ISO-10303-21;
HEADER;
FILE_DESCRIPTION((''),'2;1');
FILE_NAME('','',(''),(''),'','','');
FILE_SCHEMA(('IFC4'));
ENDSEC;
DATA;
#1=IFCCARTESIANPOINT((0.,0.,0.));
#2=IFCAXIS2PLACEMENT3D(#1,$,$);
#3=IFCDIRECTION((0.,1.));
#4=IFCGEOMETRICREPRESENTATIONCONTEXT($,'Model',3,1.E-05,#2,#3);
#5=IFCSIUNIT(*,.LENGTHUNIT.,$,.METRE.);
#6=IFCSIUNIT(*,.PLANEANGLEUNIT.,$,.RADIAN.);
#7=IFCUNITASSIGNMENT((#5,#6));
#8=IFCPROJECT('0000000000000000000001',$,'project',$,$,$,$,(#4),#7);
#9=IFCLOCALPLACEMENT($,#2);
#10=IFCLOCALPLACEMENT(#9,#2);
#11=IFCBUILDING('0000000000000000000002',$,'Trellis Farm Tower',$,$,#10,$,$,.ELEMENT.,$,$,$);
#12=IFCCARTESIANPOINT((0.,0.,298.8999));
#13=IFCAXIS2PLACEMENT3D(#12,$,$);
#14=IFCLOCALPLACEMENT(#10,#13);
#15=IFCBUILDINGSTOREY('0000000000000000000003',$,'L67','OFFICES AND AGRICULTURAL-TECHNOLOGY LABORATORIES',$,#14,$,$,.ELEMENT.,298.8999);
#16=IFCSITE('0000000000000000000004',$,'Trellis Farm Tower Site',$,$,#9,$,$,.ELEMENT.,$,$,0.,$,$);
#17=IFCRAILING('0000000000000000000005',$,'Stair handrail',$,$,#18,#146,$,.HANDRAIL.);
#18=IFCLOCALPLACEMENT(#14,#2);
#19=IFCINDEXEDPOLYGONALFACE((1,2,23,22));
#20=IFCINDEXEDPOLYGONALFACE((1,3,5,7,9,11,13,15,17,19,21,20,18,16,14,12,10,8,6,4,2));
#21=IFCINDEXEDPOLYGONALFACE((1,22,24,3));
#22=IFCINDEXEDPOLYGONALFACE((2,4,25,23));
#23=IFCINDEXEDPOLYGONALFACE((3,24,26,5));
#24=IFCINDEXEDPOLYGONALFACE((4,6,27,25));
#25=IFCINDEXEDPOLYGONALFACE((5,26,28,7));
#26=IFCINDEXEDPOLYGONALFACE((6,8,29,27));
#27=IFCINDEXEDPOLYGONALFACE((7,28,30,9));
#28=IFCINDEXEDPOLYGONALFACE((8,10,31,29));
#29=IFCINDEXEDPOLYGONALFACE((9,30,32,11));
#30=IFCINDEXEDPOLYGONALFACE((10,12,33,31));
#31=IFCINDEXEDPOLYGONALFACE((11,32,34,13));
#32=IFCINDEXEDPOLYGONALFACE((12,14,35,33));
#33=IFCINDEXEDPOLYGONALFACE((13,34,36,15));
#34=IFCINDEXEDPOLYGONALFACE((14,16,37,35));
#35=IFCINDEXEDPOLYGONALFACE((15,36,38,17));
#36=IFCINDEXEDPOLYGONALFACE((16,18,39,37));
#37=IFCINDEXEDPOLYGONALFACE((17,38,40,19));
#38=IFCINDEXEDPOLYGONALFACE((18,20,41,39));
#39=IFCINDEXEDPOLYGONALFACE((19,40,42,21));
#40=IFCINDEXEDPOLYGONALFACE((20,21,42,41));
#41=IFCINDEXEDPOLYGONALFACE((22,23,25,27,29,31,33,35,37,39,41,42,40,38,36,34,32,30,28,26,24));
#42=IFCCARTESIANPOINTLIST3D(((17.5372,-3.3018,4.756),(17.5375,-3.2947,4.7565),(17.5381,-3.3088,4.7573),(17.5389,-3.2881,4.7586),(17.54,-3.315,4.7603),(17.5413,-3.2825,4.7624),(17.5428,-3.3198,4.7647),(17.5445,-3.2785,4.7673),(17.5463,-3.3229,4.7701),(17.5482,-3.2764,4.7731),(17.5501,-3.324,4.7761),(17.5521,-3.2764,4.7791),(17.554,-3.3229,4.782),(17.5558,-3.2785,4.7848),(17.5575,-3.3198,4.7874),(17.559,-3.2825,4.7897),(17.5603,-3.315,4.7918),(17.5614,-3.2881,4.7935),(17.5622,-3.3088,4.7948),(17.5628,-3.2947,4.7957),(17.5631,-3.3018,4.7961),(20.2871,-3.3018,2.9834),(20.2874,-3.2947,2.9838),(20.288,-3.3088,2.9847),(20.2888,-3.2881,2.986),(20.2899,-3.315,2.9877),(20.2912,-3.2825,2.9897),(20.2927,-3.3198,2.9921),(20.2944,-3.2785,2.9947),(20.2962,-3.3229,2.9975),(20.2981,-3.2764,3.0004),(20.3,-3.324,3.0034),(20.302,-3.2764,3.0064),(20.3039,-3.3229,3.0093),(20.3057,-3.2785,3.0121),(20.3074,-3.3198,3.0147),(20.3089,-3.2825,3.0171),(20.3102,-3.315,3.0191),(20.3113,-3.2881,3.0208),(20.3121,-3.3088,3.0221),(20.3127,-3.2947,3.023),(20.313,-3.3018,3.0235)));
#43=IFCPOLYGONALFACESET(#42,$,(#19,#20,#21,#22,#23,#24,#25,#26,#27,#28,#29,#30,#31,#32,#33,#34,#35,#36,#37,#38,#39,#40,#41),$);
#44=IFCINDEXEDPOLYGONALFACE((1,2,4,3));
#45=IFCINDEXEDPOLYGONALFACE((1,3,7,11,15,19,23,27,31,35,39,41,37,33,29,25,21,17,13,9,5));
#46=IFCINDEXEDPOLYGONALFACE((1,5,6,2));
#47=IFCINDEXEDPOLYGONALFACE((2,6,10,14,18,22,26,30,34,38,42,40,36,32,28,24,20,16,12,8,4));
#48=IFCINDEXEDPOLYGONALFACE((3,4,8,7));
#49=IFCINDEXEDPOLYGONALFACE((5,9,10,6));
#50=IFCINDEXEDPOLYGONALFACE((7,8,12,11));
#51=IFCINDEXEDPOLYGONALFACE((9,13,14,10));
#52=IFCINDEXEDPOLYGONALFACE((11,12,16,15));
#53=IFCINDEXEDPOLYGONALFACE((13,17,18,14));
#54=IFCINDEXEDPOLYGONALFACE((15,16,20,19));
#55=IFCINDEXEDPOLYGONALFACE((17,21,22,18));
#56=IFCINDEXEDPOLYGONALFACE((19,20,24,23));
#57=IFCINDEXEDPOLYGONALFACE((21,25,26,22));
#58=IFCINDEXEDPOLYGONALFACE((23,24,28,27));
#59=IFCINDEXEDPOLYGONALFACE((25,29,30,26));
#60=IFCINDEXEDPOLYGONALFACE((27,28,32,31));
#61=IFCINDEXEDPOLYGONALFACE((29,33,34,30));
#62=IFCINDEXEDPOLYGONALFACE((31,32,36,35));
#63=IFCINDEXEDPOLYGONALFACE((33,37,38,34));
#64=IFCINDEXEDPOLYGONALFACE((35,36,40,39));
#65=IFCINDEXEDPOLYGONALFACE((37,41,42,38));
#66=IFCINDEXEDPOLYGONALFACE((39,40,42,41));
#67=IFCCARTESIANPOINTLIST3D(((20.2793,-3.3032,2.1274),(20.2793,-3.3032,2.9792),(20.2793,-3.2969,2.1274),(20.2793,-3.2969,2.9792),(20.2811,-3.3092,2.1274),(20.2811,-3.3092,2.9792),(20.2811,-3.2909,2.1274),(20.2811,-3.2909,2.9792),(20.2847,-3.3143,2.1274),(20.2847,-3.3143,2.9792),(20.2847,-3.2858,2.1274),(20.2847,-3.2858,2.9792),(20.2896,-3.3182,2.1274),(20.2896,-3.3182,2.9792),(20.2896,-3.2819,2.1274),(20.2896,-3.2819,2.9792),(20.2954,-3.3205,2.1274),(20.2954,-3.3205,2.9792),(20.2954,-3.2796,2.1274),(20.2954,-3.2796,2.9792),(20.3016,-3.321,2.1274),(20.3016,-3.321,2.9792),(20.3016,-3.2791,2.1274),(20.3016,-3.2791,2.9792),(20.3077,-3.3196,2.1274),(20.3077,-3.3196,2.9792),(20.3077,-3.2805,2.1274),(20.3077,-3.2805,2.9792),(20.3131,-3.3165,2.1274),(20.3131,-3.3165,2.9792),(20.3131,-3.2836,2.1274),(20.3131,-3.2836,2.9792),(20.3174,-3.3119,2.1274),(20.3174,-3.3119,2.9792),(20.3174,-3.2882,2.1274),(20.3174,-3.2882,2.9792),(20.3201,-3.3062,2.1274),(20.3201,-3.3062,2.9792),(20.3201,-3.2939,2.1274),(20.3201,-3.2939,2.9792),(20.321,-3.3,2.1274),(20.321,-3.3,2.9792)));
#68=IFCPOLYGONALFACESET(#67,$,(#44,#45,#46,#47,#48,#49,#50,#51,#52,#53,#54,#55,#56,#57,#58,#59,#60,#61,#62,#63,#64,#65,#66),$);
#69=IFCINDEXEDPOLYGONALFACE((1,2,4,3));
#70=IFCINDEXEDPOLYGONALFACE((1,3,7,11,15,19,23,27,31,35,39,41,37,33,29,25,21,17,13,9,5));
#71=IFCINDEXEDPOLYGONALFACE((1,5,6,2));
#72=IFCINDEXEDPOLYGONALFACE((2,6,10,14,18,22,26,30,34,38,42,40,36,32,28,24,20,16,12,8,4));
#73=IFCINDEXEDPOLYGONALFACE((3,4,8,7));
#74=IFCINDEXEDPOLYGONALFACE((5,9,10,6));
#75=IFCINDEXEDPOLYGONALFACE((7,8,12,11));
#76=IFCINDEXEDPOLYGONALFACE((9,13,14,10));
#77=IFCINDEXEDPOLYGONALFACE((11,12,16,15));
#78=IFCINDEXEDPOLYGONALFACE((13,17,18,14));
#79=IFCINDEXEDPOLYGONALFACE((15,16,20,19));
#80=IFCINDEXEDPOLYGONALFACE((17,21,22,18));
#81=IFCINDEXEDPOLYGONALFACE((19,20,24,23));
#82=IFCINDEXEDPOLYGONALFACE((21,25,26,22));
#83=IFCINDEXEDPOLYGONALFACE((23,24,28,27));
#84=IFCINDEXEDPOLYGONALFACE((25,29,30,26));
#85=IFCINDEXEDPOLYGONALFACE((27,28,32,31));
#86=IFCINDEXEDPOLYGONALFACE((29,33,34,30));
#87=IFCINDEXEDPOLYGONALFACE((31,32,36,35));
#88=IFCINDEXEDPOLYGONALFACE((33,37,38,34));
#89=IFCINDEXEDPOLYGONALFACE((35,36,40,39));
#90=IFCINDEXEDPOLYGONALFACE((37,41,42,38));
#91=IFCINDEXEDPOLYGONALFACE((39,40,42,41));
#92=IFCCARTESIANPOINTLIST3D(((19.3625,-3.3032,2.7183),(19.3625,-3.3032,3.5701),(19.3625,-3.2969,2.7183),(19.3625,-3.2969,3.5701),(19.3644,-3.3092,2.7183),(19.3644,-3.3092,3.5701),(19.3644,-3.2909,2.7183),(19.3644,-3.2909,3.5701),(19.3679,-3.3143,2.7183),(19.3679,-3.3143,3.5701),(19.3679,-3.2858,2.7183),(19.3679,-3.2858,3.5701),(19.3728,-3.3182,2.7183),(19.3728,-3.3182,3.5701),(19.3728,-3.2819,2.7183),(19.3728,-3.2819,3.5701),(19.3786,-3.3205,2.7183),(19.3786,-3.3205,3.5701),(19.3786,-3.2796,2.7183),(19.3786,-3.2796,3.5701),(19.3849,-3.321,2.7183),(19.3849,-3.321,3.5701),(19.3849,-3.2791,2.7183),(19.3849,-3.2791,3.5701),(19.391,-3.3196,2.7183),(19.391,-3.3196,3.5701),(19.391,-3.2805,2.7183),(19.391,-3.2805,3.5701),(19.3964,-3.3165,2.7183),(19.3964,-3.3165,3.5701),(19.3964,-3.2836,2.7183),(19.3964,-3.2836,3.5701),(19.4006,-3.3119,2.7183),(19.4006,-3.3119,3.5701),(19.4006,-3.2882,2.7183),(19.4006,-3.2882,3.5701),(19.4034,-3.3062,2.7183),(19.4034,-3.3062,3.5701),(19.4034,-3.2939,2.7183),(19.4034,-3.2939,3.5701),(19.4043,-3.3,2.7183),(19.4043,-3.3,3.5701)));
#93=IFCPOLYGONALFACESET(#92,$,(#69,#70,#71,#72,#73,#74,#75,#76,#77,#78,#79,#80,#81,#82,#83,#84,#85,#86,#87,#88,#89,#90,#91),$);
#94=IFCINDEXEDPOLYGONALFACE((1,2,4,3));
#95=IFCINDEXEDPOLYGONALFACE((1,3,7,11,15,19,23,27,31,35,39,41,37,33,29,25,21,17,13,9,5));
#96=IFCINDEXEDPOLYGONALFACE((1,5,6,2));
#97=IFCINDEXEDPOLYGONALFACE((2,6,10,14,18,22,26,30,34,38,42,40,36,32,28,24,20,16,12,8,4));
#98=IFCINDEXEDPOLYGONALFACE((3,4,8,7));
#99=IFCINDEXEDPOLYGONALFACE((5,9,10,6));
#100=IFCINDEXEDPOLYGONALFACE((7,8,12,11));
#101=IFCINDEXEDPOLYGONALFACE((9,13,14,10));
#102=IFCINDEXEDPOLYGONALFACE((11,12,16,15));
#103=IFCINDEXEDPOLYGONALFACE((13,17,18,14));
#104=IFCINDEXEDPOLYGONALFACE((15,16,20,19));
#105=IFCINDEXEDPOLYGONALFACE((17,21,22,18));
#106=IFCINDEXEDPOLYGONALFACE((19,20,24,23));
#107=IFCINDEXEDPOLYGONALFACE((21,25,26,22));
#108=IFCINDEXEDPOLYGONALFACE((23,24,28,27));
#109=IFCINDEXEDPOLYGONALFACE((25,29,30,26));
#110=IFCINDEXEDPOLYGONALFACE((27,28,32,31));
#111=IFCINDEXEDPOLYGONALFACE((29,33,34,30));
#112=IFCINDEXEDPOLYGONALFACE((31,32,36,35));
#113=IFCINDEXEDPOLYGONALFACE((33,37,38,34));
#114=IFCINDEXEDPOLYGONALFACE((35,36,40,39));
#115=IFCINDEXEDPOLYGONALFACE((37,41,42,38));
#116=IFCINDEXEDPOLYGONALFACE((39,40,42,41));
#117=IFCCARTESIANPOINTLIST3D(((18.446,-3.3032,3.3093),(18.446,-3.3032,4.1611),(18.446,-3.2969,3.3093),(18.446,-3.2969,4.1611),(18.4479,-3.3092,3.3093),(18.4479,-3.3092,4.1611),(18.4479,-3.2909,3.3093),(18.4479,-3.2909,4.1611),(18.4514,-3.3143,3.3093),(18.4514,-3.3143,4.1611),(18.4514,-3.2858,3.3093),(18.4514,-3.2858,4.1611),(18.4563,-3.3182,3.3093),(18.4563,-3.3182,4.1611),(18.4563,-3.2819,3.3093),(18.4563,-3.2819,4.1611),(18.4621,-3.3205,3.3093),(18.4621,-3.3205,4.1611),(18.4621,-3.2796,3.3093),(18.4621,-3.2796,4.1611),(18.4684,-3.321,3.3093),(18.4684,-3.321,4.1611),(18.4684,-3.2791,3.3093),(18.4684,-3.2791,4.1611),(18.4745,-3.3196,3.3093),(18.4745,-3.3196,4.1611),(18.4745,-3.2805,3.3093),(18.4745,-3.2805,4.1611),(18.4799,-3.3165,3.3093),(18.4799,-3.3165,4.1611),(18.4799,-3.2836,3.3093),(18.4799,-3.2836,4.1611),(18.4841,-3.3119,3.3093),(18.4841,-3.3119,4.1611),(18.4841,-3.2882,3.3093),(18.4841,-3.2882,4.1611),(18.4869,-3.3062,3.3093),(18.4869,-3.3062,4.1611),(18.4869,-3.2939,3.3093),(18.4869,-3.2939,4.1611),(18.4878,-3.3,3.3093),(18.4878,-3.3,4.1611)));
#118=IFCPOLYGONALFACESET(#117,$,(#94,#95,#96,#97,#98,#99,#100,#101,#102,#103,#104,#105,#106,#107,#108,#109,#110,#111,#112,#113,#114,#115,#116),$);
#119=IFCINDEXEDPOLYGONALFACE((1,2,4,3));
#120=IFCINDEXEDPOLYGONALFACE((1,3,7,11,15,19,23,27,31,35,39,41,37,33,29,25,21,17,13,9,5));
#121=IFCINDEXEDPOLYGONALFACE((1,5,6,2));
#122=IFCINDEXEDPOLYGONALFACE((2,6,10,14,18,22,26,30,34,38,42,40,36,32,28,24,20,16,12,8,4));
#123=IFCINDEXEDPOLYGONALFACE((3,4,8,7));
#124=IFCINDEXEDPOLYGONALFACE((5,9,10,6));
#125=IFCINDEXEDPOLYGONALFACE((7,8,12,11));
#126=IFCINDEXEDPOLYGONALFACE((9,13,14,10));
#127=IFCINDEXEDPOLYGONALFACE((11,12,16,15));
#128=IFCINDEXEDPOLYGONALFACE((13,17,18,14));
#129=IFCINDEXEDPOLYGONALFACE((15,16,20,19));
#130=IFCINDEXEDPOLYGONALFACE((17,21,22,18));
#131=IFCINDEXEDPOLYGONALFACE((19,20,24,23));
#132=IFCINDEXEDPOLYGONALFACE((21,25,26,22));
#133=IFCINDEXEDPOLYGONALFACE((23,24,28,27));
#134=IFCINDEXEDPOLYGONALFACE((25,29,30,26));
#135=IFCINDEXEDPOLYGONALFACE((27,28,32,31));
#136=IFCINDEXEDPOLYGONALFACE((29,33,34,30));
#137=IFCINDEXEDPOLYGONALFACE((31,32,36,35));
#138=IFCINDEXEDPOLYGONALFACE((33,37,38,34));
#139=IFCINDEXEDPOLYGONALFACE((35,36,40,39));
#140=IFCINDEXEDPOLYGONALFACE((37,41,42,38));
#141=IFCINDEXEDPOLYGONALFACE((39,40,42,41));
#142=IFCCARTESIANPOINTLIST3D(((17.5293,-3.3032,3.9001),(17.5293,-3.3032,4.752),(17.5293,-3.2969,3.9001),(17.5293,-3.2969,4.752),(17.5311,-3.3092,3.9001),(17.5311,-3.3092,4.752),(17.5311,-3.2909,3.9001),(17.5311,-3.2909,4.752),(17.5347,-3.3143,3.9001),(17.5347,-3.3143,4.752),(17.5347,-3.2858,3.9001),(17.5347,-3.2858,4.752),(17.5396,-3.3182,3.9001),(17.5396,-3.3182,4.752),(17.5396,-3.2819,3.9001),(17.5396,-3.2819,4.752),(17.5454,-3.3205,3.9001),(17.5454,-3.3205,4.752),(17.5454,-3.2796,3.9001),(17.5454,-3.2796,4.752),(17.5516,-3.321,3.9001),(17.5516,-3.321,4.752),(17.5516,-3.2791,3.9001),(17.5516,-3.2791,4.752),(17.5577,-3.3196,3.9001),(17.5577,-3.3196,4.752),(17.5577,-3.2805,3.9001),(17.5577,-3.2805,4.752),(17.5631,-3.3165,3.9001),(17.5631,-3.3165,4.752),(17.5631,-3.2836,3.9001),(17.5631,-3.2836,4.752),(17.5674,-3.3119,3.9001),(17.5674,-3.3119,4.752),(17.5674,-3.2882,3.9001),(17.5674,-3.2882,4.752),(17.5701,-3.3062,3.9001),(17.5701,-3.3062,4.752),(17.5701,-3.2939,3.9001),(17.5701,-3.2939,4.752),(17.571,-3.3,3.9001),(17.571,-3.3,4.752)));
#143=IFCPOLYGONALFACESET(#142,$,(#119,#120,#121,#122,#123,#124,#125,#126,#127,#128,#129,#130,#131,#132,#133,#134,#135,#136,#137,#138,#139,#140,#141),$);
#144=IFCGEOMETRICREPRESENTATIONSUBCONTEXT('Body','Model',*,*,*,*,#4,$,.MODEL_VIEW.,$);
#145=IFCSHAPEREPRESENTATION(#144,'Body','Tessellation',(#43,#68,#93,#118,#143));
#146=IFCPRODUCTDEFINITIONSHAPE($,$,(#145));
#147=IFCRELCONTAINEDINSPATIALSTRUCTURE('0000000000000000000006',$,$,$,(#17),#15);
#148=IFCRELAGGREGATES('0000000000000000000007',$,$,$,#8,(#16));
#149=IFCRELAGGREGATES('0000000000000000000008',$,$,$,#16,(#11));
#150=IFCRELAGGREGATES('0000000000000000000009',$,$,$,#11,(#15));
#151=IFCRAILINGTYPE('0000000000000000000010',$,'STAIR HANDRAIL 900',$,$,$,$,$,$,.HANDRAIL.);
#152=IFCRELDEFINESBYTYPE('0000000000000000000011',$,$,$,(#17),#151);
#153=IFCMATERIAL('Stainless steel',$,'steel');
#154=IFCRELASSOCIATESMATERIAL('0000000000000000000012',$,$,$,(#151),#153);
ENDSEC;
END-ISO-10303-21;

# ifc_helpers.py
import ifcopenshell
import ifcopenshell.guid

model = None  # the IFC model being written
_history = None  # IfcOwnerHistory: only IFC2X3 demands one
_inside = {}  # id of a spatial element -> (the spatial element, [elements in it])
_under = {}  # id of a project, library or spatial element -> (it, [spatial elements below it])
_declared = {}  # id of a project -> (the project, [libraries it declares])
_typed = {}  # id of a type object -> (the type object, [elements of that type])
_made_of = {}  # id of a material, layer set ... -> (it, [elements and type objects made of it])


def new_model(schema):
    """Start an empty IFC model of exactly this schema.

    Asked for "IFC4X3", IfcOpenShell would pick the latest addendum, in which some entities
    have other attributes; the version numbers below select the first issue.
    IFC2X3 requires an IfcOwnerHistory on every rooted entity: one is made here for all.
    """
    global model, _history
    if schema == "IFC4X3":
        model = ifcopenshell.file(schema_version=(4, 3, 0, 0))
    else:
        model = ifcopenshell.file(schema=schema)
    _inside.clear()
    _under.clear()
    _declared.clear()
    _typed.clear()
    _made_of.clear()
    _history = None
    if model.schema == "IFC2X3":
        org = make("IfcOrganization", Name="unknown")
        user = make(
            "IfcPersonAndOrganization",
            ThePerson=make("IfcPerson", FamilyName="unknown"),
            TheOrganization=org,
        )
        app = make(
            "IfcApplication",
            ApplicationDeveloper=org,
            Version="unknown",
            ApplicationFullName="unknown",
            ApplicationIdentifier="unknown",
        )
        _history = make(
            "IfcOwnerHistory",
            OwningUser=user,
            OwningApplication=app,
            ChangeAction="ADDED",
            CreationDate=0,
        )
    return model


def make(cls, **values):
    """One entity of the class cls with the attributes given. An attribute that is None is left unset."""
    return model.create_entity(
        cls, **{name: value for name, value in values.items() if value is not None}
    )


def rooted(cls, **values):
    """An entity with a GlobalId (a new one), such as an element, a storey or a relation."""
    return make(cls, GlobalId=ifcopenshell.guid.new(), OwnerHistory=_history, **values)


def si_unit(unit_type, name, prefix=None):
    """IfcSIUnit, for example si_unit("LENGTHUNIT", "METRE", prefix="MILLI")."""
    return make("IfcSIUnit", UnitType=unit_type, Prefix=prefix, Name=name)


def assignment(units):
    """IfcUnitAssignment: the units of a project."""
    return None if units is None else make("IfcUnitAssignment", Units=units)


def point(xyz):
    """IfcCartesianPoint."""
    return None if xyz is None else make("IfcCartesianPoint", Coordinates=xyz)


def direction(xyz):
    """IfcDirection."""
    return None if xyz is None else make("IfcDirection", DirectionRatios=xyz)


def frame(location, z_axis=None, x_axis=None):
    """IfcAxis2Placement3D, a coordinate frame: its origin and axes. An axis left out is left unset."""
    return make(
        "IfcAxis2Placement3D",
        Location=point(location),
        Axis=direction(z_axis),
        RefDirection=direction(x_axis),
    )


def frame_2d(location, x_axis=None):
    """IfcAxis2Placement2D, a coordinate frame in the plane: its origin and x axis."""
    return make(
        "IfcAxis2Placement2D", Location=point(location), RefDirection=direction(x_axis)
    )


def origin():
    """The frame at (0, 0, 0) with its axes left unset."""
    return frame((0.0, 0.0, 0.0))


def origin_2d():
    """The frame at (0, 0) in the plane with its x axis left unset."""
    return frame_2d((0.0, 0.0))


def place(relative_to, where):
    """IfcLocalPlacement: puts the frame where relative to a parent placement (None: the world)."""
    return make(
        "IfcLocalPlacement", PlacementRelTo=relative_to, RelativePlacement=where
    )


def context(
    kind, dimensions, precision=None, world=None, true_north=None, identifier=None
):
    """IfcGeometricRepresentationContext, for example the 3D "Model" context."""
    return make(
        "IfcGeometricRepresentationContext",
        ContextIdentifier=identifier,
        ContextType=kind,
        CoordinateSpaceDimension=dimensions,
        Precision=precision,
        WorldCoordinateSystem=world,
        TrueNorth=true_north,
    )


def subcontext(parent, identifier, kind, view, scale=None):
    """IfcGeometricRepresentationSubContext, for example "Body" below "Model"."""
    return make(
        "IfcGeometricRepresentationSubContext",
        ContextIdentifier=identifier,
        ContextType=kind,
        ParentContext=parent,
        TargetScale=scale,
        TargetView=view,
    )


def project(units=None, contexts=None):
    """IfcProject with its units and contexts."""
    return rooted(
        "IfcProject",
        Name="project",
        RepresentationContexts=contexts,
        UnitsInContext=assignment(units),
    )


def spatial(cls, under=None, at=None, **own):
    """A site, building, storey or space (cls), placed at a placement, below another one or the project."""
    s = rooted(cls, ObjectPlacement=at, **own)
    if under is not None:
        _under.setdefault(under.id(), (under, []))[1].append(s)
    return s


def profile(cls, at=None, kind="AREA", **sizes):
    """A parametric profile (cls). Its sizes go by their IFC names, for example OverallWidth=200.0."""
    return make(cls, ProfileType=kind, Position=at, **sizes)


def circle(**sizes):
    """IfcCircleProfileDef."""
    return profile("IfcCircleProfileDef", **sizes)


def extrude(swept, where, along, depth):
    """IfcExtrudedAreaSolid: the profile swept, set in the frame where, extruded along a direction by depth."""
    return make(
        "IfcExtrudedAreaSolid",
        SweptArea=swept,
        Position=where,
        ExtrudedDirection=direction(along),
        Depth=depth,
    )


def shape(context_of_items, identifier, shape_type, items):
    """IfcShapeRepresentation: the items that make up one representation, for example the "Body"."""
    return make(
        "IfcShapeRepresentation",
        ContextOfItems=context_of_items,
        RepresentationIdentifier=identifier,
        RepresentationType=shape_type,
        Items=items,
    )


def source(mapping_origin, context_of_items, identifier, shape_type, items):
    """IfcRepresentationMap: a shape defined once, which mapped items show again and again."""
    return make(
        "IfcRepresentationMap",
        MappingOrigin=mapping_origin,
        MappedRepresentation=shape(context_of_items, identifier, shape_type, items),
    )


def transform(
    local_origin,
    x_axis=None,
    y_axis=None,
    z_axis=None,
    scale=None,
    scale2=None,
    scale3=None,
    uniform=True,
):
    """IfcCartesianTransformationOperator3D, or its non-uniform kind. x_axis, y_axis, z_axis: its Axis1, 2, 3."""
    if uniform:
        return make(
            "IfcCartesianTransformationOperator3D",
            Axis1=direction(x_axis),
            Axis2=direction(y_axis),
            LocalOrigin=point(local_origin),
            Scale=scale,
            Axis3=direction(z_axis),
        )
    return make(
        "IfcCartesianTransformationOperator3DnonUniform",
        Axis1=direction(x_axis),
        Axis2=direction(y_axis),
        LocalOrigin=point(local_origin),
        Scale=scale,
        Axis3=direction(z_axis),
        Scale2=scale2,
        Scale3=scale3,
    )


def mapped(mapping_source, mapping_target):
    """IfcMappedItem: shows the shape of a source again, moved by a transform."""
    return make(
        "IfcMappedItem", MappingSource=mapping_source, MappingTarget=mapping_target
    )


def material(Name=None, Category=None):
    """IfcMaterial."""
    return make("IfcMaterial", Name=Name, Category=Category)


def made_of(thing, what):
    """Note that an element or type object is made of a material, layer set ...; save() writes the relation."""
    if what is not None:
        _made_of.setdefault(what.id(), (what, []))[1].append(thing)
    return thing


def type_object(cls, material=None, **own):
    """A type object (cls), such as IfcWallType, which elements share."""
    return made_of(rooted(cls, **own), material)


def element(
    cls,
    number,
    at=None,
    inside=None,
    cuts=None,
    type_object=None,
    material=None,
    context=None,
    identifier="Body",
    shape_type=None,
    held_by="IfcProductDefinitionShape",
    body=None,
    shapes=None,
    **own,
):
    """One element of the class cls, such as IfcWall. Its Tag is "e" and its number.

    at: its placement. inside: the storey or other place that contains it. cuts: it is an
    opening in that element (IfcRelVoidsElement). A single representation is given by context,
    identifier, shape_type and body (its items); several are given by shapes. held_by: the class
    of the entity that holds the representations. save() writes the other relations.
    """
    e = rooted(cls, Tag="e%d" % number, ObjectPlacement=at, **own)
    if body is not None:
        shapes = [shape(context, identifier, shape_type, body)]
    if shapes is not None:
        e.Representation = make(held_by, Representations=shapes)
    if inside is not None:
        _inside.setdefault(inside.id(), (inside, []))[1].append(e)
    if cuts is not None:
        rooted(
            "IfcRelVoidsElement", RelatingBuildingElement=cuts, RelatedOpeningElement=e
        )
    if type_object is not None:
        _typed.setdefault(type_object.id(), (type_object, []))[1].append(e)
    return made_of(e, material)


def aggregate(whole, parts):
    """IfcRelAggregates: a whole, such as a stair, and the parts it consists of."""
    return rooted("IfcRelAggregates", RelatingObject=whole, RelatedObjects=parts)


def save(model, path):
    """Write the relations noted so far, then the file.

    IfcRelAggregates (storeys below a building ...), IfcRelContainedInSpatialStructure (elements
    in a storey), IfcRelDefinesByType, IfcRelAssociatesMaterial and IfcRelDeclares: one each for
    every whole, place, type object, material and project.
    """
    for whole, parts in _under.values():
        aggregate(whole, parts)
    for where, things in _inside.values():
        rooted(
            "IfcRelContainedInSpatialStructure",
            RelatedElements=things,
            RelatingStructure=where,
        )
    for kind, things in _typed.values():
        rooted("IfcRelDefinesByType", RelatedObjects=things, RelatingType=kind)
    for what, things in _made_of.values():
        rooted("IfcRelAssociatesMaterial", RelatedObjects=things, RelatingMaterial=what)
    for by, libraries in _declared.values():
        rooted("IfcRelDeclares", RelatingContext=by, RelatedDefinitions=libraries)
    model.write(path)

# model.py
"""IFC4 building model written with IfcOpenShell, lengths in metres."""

from ifc_helpers import new_model, si_unit, direction, frame, origin, origin_2d, place, context, subcontext, project, spatial, circle, extrude, source, transform, mapped, material, type_object, element, save


model = new_model("IFC4")

# Units and contexts
model_context = context("Model", 3, precision=1e-05, world=origin(), true_north=direction((0.0, 1.0)))
body_context = subcontext(model_context, "Body", "Model", "MODEL_VIEW")
ifc_project = project(units=[si_unit("LENGTHUNIT", "METRE"), si_unit("PLANEANGLEUNIT", "RADIAN")], contexts=[model_context])

# Site, building, storey
site_placement = place(None, origin())
site = spatial("IfcSite", under=ifc_project, at=site_placement, Name="Trellis Farm Tower Site", CompositionType="ELEMENT", RefElevation=0.0)
building_placement = place(site_placement, origin())
building = spatial("IfcBuilding", under=site, at=building_placement, Name="Trellis Farm Tower", CompositionType="ELEMENT")
storey_placement = place(building_placement, frame((0.0, 0.0, 298.8999)))
storey = spatial("IfcBuildingStorey", under=building, at=storey_placement, Name="L67", Description="OFFICES AND AGRICULTURAL-TECHNOLOGY LABORATORIES", CompositionType="ELEMENT", Elevation=298.8999)

# Railing
ifc_material_1 = material(Name="Stainless steel", Category="steel")
railing_type = type_object("IfcRailingType", Name="STAIR HANDRAIL 900", PredefinedType="HANDRAIL", material=ifc_material_1)
shared_shape_1 = source(origin(), body_context, "Body", "SweptSolid", [
    extrude(circle(Radius=0.0239, at=origin_2d()), frame((0.0, 0.0, 0.876), z_axis=(-0.840504, 0.0, 0.541806), x_axis=(0.0, -1.0, 0.0)), (0.0, 0.0, 1.0), 3.2717),
    extrude(circle(Radius=0.021, at=origin_2d()), origin(), (0.0, 0.0, 1.0), 0.8518),
    extrude(circle(Radius=0.021, at=origin_2d()), frame((-0.9167, 0.0, 0.5908)), (0.0, 0.0, 1.0), 0.8518),
    extrude(circle(Radius=0.021, at=origin_2d()), frame((-1.8333, 0.0, 1.1819)), (0.0, 0.0, 1.0), 0.8518),
    extrude(circle(Radius=0.021, at=origin_2d()), frame((-2.75, 0.0, 1.7727)), (0.0, 0.0, 1.0), 0.8518),
])
for number, where, name in (
    (1, (20.3, -3.3, 2.1274), "Stair handrail"),
):
    element("IfcRailing", number, at=place(storey_placement, frame(where)), inside=storey, type_object=railing_type, Name=name, PredefinedType="HANDRAIL", context=body_context, shape_type="MappedRepresentation", body=[
        mapped(shared_shape_1, transform((0.0, 0.0, 0.0))),
    ])

save(model, "model.ifc")
